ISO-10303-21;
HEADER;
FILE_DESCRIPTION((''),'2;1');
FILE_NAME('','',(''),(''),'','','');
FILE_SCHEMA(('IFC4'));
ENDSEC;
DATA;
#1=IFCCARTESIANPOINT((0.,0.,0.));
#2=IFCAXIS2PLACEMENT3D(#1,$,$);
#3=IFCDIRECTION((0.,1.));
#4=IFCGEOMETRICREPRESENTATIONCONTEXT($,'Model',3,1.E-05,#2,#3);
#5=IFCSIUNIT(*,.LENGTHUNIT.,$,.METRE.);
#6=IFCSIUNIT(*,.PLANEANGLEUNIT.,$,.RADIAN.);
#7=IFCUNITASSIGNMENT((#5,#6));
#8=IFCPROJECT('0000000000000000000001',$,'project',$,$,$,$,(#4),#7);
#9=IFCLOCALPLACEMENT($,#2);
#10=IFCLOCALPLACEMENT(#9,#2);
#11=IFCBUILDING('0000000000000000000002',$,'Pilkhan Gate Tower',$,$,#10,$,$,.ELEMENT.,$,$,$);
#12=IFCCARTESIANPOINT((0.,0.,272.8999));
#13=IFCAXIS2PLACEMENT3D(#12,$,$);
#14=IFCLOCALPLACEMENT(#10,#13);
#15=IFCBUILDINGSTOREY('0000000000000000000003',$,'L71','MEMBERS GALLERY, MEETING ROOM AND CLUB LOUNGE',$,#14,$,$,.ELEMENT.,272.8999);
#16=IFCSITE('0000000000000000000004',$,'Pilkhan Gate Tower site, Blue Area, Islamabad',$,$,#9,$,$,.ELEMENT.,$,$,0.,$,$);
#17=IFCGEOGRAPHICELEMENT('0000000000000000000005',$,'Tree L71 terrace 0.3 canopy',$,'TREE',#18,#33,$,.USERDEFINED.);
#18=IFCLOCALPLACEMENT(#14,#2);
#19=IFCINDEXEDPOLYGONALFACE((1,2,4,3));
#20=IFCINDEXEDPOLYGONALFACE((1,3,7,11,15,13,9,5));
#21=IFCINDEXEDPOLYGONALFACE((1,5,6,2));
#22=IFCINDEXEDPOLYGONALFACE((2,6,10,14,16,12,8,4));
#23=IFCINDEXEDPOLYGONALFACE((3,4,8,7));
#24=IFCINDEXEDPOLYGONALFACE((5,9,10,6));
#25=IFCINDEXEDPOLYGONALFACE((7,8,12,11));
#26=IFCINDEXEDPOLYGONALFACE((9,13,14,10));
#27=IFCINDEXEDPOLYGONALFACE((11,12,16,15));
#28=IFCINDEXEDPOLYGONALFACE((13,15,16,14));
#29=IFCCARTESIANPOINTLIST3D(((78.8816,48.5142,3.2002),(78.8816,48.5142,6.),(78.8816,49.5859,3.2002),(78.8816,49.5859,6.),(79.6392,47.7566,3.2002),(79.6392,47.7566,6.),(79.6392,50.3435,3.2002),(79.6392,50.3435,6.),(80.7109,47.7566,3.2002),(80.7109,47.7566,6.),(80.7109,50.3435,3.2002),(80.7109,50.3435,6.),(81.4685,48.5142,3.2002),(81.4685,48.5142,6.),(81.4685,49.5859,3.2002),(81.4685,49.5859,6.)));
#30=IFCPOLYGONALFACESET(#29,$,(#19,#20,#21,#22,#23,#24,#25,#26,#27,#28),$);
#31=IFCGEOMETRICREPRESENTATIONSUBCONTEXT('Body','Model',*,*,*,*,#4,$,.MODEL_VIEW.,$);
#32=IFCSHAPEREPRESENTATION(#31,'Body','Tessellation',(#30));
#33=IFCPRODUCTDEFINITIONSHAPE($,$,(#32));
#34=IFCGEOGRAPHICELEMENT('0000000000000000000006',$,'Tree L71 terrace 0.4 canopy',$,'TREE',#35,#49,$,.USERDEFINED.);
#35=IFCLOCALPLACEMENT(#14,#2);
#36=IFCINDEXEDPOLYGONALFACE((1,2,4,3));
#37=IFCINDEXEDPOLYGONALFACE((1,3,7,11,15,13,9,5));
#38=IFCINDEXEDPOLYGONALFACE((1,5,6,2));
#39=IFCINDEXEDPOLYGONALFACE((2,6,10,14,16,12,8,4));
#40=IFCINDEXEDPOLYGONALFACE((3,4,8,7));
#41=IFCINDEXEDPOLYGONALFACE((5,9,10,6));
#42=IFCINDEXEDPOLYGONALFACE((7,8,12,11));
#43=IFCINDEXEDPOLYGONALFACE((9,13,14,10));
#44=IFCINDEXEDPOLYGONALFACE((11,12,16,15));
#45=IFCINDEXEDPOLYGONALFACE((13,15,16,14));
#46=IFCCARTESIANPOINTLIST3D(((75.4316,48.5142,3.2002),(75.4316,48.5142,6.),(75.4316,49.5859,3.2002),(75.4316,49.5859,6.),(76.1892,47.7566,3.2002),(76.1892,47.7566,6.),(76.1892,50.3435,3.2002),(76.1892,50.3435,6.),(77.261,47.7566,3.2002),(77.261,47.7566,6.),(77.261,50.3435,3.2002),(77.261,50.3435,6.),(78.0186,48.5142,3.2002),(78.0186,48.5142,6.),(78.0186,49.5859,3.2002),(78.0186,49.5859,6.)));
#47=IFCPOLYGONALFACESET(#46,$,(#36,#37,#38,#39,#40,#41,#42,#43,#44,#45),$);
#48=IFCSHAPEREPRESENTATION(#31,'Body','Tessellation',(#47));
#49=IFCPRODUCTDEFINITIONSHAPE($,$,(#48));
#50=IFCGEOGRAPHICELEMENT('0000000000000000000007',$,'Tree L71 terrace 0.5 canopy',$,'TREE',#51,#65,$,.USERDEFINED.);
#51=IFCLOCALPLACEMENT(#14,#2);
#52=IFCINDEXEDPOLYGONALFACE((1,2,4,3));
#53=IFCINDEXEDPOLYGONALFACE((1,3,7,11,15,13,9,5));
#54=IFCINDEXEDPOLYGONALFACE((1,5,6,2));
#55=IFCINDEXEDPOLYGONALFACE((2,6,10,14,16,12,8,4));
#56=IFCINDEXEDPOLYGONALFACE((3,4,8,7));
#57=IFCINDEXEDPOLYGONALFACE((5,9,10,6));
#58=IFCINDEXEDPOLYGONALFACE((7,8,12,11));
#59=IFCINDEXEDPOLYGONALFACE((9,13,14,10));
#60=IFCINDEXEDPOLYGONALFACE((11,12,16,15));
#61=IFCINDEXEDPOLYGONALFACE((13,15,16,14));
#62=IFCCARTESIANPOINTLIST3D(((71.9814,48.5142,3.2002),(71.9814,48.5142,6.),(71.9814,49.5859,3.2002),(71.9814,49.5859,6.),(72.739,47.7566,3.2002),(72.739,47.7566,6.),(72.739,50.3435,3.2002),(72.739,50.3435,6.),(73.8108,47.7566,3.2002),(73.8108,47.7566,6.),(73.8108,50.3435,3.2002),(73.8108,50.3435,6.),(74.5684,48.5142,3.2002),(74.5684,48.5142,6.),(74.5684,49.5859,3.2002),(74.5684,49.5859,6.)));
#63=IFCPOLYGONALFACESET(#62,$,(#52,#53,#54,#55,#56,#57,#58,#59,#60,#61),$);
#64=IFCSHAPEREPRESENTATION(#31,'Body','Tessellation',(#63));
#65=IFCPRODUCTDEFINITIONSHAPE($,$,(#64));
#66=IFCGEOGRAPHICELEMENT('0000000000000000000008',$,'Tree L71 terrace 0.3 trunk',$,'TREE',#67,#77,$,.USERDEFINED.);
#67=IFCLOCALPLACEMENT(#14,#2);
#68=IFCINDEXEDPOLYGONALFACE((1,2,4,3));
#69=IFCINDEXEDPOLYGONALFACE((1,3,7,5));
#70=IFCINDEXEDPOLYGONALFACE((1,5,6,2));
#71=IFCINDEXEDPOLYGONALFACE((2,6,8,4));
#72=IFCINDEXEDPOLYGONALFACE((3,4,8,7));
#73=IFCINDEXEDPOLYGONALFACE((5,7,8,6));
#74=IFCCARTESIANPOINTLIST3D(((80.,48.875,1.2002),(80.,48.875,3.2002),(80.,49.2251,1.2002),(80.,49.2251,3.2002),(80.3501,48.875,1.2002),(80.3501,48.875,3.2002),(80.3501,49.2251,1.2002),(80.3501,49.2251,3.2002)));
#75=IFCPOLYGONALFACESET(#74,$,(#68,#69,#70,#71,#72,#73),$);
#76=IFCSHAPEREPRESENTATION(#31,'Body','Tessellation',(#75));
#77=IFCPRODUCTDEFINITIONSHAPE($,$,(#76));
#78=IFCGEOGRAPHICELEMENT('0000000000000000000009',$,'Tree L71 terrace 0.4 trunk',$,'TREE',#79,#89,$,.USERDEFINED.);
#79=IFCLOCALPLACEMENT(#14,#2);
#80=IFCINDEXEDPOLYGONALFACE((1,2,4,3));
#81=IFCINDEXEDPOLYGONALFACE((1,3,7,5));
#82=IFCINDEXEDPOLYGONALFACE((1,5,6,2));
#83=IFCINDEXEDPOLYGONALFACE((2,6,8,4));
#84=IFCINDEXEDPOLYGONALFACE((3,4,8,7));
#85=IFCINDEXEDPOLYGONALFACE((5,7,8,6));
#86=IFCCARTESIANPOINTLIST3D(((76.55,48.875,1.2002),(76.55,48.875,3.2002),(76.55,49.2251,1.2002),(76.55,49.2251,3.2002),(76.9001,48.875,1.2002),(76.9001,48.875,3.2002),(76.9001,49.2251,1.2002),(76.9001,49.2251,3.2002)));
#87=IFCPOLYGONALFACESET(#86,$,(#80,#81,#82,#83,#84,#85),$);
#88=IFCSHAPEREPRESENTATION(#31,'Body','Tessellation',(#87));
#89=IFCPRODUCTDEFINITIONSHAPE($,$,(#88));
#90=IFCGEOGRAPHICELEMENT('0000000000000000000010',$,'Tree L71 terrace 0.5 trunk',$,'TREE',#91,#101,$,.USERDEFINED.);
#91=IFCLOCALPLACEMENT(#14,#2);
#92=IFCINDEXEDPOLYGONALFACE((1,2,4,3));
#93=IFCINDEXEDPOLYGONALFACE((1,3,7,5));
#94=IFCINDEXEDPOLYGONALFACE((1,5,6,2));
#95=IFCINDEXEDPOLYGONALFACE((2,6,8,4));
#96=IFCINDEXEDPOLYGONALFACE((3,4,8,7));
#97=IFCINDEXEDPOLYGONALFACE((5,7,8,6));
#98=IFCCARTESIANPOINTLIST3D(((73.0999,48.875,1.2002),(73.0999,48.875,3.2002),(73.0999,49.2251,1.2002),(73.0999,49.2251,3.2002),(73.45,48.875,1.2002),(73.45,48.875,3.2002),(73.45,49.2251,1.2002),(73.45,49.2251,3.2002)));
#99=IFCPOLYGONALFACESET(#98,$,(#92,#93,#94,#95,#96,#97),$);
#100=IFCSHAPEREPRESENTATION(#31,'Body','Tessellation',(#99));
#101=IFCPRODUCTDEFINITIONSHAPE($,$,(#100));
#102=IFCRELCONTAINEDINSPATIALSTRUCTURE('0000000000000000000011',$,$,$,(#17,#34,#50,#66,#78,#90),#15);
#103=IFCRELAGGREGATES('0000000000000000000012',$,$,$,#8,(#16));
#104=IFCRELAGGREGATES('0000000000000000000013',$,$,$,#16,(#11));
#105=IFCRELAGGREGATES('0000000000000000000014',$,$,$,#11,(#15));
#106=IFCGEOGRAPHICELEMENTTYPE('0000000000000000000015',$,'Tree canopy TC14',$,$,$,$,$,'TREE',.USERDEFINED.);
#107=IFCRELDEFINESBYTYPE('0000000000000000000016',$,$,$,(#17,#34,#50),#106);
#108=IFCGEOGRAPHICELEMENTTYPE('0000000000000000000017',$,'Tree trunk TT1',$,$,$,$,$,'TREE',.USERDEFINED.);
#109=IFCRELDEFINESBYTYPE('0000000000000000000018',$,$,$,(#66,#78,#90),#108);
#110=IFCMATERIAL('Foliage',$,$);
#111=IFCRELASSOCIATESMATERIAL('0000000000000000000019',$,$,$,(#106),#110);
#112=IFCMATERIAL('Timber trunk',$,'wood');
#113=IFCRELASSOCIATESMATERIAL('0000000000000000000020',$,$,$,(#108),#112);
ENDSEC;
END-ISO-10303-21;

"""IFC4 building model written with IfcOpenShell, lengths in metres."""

from ifc_helpers import new_model, si_unit, direction, frame, origin, origin_2d, place, context, subcontext, project, spatial, polyline, rectangle, outline, extrude, material, material_profile, profile_set, type_object, element, save


model = new_model("IFC4")

# Units and contexts
model_context = context("Model", 3, precision=1e-05, world=origin(), true_north=direction((0.0, 1.0)))
body_context = subcontext(model_context, "Body", "Model", "MODEL_VIEW")
ifc_project = project(units=[si_unit("LENGTHUNIT", "METRE"), si_unit("PLANEANGLEUNIT", "RADIAN")], contexts=[model_context])

# Site, building, storey
site_placement = place(None, origin())
site = spatial("IfcSite", under=ifc_project, at=site_placement, Name="Pilkhan Gate Tower site, Blue Area, Islamabad", CompositionType="ELEMENT", RefElevation=0.0)
building_placement = place(site_placement, origin())
building = spatial("IfcBuilding", under=site, at=building_placement, Name="Pilkhan Gate Tower", CompositionType="ELEMENT")
storey_placement = place(building_placement, frame((0.0, 0.0, 272.8999)))
storey = spatial("IfcBuildingStorey", under=building, at=storey_placement, Name="L71", Description="MEMBERS GALLERY, MEETING ROOM AND CLUB LOUNGE", CompositionType="ELEMENT", Elevation=272.8999)

# Geographic elements
ifc_material_1 = material(Name="Foliage")
ifc_material_profile_1 = material_profile(ifc_material_1, outline(polyline([(1.2935, 0.5359), (0.5359, 1.2935), (-0.5359, 1.2935), (-1.2935, 0.5359), (-1.2935, -0.5359), (-0.5359, -1.2935), (0.5359, -1.2935), (1.2935, -0.5359), (1.2935, 0.5359)])), Name="Canopy D2.8")
ifc_profile_set_1 = profile_set([ifc_material_profile_1], Name="Foliage")
geographic_element_type_1 = type_object("IfcGeographicElementType", Name="Tree canopy TC14", ElementType="TREE", PredefinedType="USERDEFINED", material=ifc_profile_set_1)
for number, where, z_axis, x_axis, name in (
    (1, (80.175, 49.05, 3.2002), (0.0, 0.0, 1.0), (1.0, 0.0, 0.0), "Tree L71 terrace 0.3 canopy"),
    (2, (76.7251, 49.05, 3.2002), (0.0, 0.0, 1.0), (1.0, 0.0, 0.0), "Tree L71 terrace 0.4 canopy"),
    (3, (73.2749, 49.05, 3.2002), (0.0, 0.0, 1.0), (1.0, 0.0, 0.0), "Tree L71 terrace 0.5 canopy"),
):
    element("IfcGeographicElement", number, at=place(storey_placement, frame(where, z_axis=z_axis, x_axis=x_axis)), inside=storey, type_object=geographic_element_type_1, Name=name, ObjectType="TREE", PredefinedType="USERDEFINED", context=body_context, shape_type="SweptSolid", body=[
        extrude(outline(polyline([(1.2935, 0.5359), (0.5359, 1.2935), (-0.5359, 1.2935), (-1.2935, 0.5359), (-1.2935, -0.5359), (-0.5359, -1.2935), (0.5359, -1.2935), (1.2935, -0.5359), (1.2935, 0.5359)])), origin(), (0.0, 0.0, 1.0), 2.7998),
    ])
ifc_material_2 = material(Name="Timber trunk", Category="wood")
geographic_element_type_2 = type_object("IfcGeographicElementType", Name="Tree trunk TT1", ElementType="TREE", PredefinedType="USERDEFINED", material=ifc_material_2)
for number, where, z_axis, x_axis, name in (
    (4, (80.175, 49.05, 1.2002), (0.0, 0.0, 1.0), (1.0, 0.0, 0.0), "Tree L71 terrace 0.3 trunk"),
    (5, (76.7251, 49.05, 1.2002), (0.0, 0.0, 1.0), (1.0, 0.0, 0.0), "Tree L71 terrace 0.4 trunk"),
    (6, (73.2749, 49.05, 1.2002), (0.0, 0.0, 1.0), (1.0, 0.0, 0.0), "Tree L71 terrace 0.5 trunk"),
):
    element("IfcGeographicElement", number, at=place(storey_placement, frame(where, z_axis=z_axis, x_axis=x_axis)), inside=storey, type_object=geographic_element_type_2, Name=name, ObjectType="TREE", PredefinedType="USERDEFINED", context=body_context, shape_type="SweptSolid", body=[
        extrude(rectangle(XDim=0.3501, YDim=0.3501, at=origin_2d()), origin(), (0.0, 0.0, 1.0), 2.0),
    ])

save(model, "model.ifc")
